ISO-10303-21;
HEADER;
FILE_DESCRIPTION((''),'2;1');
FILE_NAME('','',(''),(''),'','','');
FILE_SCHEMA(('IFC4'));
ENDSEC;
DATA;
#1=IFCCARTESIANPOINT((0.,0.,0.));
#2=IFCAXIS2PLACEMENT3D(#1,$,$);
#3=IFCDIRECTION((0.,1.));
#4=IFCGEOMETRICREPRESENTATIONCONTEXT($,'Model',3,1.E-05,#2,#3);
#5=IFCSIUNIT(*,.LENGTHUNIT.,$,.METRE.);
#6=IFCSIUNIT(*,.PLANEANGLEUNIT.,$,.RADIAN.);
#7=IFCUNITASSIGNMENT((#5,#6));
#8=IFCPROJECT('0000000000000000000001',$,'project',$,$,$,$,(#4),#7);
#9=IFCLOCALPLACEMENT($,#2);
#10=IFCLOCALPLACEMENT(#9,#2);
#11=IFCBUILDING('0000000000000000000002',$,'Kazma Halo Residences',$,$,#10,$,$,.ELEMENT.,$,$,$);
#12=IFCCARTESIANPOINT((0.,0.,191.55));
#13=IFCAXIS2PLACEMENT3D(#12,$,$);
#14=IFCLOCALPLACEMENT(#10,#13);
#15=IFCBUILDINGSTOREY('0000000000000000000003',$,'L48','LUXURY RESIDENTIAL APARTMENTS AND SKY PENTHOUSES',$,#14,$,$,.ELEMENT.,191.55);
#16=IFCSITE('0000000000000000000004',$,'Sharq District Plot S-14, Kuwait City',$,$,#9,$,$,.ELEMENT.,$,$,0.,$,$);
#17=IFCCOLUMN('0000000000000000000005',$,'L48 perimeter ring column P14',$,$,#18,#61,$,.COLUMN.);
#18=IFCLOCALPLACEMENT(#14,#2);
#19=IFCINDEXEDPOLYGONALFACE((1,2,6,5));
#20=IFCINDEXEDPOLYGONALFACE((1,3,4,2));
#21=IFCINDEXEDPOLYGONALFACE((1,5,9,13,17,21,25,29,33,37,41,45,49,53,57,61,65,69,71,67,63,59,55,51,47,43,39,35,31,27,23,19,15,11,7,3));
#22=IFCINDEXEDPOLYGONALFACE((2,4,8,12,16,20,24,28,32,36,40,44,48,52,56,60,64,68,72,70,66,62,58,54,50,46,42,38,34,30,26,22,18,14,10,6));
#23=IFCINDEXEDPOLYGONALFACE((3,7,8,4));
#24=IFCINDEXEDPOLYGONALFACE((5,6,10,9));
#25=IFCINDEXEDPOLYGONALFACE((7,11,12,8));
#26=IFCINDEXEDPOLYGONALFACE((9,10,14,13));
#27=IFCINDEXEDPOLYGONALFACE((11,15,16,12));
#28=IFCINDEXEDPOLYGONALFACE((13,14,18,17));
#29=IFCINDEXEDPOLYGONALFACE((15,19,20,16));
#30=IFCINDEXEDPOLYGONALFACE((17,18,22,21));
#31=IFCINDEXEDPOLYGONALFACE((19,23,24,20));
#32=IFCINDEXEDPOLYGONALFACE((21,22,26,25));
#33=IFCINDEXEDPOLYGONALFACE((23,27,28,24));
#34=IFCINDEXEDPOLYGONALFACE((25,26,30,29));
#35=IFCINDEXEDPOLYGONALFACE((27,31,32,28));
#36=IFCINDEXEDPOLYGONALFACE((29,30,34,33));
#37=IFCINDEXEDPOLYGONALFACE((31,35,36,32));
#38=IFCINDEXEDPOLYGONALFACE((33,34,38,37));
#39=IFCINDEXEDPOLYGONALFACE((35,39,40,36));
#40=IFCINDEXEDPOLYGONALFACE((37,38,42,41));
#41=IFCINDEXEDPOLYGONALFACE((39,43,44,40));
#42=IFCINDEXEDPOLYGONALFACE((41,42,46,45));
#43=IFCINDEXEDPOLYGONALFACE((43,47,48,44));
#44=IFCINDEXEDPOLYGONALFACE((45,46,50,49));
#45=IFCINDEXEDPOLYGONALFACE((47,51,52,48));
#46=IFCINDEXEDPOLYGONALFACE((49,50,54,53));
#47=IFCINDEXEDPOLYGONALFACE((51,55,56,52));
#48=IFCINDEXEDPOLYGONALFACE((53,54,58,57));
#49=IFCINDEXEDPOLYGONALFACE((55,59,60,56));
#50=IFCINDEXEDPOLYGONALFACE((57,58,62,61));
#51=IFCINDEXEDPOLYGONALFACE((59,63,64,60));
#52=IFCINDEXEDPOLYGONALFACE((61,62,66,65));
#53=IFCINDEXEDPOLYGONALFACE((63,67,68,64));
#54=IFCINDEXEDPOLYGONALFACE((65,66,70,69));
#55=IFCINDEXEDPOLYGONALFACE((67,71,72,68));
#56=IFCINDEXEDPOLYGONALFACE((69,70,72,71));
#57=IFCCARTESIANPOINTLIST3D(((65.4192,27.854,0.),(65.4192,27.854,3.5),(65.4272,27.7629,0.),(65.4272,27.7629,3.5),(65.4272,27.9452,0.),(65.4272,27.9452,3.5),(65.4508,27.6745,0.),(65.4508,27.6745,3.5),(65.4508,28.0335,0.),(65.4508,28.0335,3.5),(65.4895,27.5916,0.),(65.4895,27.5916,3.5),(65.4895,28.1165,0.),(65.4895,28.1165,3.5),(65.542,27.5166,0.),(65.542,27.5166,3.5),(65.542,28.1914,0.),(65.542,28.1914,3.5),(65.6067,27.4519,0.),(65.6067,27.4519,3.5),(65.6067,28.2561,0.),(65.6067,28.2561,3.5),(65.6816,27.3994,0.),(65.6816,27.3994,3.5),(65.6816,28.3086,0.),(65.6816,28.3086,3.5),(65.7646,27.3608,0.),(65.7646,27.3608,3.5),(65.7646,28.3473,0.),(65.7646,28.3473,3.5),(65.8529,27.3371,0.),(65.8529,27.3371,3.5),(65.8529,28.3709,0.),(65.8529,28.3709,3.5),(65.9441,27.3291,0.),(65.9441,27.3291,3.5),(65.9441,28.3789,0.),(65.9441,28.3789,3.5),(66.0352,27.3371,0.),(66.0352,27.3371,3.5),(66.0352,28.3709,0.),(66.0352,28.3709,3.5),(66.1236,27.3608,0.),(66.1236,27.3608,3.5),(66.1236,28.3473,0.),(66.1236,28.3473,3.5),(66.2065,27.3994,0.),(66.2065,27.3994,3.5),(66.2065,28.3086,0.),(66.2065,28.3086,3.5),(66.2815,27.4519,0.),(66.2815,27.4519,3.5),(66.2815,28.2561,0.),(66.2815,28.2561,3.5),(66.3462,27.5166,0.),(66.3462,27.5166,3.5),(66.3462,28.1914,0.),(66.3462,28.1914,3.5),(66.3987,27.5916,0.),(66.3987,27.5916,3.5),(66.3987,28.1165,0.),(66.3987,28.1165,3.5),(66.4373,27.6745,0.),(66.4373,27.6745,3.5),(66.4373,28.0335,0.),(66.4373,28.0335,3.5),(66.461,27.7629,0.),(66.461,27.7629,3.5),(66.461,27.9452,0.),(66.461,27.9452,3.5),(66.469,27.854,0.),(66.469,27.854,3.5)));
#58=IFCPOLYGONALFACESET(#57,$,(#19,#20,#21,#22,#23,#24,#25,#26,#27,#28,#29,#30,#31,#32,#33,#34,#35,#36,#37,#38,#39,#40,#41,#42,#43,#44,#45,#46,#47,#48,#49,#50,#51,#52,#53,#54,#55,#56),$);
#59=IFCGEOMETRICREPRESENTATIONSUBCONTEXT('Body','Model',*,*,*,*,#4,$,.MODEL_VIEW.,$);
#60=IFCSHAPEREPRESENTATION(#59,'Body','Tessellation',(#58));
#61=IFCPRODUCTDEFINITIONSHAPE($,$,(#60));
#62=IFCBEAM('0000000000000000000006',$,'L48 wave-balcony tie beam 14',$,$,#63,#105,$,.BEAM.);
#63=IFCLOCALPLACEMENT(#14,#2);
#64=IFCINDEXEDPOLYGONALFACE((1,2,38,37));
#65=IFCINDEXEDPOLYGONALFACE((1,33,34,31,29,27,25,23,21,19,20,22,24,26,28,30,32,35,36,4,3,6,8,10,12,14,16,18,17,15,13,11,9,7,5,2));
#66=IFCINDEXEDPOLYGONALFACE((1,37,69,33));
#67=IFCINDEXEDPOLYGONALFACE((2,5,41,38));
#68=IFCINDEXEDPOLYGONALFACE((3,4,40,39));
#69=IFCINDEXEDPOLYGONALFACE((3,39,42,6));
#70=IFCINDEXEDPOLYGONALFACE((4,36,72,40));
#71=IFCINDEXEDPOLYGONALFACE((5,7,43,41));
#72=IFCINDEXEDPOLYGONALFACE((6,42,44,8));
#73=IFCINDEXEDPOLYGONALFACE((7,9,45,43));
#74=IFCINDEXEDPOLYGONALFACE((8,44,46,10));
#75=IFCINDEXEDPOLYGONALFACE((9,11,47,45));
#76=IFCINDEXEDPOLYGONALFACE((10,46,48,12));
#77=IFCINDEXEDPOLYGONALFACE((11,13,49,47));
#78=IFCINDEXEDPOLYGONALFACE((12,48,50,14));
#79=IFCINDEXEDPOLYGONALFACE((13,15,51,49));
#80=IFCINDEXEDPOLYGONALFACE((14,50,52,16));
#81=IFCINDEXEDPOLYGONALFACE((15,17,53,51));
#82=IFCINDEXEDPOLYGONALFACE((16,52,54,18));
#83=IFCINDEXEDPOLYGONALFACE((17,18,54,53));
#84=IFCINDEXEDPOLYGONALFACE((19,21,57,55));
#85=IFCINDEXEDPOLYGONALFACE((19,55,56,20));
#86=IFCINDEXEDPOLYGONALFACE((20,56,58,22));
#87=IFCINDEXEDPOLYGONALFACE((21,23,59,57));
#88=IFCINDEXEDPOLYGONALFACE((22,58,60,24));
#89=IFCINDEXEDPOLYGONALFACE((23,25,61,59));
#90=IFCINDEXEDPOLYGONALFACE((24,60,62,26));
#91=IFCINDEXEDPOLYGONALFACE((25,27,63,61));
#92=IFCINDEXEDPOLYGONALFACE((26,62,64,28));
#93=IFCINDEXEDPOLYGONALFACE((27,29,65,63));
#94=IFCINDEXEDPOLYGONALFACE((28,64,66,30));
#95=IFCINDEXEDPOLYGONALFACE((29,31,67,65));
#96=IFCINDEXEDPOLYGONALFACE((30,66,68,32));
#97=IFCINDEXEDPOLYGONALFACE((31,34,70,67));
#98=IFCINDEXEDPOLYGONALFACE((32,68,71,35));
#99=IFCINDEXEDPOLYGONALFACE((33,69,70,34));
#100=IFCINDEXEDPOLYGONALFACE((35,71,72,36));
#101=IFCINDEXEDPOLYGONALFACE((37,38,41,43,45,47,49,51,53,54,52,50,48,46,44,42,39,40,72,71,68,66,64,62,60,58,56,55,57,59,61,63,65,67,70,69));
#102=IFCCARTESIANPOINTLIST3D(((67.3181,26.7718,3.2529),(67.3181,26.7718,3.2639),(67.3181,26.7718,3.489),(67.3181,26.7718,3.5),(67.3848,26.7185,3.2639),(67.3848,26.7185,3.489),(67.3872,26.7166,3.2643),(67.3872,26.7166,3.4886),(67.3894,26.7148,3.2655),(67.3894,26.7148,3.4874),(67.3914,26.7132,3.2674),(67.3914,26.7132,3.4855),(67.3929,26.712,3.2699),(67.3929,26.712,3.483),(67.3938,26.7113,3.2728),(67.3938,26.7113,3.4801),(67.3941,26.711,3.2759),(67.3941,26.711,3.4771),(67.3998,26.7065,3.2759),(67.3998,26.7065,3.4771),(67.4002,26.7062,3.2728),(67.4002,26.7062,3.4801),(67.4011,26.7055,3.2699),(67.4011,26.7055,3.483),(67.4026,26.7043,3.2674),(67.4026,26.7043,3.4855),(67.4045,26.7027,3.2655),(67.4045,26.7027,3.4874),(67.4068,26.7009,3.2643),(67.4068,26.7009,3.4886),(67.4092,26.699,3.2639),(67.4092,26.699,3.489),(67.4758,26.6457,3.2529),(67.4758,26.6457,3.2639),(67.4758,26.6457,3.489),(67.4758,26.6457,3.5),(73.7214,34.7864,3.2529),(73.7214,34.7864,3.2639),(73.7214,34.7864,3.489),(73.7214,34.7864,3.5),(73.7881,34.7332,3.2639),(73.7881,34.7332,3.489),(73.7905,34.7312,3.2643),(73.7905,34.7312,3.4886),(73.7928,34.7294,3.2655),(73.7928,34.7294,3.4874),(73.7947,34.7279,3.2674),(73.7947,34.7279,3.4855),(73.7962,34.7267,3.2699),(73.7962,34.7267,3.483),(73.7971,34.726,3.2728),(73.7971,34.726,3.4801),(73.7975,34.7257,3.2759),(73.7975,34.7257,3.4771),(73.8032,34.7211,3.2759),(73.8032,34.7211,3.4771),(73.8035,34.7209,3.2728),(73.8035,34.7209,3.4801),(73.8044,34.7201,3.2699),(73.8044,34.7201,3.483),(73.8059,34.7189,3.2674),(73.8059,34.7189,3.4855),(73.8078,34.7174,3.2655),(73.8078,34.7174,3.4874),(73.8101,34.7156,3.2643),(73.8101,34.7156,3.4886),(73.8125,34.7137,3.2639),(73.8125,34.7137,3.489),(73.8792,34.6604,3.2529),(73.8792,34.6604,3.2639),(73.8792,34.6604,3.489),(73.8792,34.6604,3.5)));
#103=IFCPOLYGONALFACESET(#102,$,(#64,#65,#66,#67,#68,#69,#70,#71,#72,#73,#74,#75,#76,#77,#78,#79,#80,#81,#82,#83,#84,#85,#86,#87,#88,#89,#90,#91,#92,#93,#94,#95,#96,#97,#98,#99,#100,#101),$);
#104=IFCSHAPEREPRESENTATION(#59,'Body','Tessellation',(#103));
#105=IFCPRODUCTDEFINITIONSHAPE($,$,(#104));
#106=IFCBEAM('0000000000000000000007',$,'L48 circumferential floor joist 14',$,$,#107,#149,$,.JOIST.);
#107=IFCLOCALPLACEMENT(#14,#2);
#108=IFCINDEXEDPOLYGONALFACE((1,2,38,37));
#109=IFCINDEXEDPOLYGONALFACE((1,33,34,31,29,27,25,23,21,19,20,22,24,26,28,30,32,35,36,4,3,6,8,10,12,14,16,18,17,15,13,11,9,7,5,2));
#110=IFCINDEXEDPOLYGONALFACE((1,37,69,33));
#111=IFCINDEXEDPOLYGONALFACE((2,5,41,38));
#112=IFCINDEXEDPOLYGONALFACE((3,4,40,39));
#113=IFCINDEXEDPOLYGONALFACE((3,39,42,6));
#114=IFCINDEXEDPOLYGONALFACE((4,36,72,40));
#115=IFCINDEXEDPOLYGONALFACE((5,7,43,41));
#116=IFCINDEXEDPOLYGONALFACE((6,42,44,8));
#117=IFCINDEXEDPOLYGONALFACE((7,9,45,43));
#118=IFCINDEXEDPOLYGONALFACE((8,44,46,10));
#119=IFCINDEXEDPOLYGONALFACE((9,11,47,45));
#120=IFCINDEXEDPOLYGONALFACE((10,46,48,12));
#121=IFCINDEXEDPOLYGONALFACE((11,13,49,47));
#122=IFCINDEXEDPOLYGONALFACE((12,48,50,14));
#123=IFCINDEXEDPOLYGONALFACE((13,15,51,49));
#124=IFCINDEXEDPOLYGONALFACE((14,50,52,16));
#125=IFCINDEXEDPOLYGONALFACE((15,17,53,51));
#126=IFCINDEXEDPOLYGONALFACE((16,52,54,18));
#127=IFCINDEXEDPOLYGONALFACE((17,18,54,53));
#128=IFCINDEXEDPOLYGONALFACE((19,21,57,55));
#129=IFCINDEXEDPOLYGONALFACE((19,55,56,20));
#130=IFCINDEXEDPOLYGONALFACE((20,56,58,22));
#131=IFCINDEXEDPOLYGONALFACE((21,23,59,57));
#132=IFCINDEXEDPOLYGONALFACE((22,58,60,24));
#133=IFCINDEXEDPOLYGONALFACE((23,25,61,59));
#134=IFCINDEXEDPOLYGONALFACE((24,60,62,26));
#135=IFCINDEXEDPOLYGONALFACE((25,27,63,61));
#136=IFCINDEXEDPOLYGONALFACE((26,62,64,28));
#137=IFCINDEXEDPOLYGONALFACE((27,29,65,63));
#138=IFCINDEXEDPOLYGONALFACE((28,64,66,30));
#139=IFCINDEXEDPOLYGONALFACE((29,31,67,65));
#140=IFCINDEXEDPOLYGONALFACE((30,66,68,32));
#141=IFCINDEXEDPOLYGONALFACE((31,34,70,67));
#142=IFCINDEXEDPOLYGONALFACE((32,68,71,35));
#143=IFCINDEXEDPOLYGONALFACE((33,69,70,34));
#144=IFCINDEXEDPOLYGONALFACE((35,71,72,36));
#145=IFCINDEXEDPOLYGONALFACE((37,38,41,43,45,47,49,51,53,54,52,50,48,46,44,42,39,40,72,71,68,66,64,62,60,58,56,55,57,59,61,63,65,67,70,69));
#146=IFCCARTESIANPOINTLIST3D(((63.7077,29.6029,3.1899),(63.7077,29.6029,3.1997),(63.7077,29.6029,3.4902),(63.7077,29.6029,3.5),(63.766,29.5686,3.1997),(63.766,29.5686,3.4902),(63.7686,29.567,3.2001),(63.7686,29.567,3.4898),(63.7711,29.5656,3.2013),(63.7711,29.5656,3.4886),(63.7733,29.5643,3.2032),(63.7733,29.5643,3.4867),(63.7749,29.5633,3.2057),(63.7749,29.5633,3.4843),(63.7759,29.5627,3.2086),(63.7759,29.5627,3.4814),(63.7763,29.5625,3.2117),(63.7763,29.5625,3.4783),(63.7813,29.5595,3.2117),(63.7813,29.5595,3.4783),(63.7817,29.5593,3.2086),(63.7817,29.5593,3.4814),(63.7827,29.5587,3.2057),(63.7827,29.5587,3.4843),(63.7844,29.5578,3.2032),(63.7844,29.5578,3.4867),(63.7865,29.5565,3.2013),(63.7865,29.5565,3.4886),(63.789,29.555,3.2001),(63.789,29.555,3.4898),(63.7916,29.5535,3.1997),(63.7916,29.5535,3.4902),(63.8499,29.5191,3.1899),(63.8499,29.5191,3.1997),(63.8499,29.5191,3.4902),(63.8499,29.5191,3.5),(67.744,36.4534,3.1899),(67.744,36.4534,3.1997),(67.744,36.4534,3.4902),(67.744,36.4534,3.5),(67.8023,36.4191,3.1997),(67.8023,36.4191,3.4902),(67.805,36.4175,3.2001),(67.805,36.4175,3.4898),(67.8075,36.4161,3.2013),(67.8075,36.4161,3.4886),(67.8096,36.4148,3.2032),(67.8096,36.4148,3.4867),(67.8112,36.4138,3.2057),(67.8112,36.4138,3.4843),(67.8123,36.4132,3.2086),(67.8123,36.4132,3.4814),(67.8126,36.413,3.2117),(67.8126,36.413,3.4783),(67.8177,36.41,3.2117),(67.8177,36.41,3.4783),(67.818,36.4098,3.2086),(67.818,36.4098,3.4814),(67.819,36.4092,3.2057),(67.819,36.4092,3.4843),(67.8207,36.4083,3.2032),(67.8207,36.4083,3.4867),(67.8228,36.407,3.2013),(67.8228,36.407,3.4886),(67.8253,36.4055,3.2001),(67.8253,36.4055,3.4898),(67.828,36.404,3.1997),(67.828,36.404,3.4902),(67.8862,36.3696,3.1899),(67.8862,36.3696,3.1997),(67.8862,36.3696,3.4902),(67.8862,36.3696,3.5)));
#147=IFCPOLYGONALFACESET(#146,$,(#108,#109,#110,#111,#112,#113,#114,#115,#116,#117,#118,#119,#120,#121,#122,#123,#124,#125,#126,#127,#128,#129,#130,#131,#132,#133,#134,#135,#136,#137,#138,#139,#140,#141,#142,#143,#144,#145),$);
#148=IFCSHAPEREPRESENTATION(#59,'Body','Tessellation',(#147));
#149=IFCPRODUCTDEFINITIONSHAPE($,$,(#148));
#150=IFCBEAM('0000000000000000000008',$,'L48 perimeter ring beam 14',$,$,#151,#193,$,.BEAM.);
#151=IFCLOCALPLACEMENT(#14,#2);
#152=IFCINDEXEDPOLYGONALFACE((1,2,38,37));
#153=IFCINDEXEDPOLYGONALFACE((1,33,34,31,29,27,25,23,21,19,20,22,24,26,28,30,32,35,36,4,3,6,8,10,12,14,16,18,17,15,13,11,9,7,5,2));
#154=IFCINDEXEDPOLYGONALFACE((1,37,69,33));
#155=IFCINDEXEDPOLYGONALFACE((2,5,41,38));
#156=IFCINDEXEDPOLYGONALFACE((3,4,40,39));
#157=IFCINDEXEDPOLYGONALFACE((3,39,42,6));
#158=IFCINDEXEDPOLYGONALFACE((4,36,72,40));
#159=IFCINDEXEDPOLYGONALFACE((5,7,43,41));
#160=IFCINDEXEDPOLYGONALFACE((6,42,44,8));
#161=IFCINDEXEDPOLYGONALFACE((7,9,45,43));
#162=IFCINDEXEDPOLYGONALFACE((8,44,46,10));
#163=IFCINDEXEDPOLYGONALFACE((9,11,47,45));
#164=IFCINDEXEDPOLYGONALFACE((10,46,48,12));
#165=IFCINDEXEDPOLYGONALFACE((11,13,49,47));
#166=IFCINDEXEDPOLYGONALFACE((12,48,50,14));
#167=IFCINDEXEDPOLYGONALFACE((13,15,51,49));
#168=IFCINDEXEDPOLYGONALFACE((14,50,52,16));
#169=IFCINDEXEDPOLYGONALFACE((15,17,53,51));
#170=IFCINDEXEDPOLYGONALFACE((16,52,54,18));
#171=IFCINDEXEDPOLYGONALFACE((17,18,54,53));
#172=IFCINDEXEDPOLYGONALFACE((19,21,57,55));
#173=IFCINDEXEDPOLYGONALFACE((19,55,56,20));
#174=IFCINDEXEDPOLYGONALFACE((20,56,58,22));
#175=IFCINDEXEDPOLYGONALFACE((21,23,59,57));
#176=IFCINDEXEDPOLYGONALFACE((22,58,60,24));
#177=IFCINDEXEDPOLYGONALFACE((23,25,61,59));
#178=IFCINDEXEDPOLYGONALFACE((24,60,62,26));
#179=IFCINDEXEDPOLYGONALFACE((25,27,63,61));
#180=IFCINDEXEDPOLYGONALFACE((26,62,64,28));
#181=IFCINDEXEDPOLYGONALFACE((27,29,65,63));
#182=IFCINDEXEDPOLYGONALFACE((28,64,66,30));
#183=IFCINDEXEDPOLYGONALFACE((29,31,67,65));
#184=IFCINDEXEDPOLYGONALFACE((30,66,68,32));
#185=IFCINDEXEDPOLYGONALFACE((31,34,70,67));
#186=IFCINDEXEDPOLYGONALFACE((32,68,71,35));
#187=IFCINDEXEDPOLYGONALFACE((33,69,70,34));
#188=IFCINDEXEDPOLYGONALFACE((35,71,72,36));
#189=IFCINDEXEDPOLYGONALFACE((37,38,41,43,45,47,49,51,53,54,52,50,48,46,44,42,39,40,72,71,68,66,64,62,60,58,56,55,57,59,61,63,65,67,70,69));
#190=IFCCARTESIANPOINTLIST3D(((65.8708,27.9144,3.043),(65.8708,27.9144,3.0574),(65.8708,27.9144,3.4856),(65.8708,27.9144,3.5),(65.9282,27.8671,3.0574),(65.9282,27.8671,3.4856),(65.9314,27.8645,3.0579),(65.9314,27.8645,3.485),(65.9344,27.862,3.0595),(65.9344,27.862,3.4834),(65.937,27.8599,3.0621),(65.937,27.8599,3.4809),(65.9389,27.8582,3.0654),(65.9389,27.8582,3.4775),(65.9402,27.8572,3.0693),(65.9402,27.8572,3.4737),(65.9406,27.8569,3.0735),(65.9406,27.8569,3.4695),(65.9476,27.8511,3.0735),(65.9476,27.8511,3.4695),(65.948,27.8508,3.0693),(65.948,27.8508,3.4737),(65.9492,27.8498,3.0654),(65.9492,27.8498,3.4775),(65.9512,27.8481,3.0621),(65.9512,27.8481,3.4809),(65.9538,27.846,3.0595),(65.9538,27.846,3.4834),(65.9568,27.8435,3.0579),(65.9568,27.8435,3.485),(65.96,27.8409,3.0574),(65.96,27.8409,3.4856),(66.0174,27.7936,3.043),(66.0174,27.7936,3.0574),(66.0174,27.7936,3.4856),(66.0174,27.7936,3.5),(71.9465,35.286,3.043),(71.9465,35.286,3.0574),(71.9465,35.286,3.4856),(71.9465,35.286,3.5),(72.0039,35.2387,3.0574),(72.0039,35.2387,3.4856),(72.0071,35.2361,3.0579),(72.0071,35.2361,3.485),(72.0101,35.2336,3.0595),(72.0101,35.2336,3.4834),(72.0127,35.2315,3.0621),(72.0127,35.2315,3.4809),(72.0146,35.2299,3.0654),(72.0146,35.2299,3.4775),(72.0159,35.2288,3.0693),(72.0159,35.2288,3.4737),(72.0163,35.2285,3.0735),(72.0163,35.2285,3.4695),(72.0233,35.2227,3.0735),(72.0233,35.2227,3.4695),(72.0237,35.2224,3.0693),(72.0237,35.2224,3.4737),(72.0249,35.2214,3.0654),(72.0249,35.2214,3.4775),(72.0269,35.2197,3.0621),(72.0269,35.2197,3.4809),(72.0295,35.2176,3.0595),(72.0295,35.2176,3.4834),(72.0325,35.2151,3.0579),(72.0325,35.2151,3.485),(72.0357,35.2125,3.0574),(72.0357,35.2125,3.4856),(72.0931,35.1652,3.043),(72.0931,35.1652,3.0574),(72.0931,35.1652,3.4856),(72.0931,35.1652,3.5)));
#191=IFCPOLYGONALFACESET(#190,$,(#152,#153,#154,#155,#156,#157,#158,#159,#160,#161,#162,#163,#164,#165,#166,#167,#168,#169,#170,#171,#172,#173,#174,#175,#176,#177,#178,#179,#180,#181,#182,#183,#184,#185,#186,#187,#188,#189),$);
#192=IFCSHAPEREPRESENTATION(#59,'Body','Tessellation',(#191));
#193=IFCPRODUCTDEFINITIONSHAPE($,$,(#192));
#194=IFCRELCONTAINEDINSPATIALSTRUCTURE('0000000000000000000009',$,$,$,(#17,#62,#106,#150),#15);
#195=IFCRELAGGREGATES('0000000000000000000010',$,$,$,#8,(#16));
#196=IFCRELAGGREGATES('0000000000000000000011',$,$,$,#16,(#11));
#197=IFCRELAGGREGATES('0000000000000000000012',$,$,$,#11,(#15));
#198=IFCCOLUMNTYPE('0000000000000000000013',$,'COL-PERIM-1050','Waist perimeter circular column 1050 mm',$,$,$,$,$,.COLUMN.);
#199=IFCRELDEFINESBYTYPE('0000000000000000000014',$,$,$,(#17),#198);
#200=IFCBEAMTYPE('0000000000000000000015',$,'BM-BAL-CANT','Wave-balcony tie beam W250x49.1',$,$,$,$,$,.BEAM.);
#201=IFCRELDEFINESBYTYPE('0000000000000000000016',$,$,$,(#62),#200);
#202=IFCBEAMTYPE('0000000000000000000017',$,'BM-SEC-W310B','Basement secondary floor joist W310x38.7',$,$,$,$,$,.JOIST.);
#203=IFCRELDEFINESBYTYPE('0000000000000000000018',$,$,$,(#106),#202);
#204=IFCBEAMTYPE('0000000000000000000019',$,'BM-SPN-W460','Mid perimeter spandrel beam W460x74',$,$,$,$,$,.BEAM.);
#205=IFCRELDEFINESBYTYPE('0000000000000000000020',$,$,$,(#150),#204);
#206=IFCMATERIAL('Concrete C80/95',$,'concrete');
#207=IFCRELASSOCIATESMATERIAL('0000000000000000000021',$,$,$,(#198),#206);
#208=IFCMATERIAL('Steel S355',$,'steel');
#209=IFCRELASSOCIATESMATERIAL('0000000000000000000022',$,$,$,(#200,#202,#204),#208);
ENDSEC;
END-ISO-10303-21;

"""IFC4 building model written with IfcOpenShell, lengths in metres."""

from ifc_helpers import new_model, si_unit, direction, frame, origin, origin_2d, place, context, subcontext, project, spatial, circle, i_section, extrude, material, material_profile, profile_set, type_object, element, save


model = new_model("IFC4")

# Units and contexts
model_context = context("Model", 3, precision=1e-05, world=origin(), true_north=direction((0.0, 1.0)))
body_context = subcontext(model_context, "Body", "Model", "MODEL_VIEW")
ifc_project = project(units=[si_unit("LENGTHUNIT", "METRE"), si_unit("PLANEANGLEUNIT", "RADIAN")], contexts=[model_context])

# Site, building, storey
site_placement = place(None, origin())
site = spatial("IfcSite", under=ifc_project, at=site_placement, Name="Sharq District Plot S-14, Kuwait City", CompositionType="ELEMENT", RefElevation=0.0)
building_placement = place(site_placement, origin())
building = spatial("IfcBuilding", under=site, at=building_placement, Name="Kazma Halo Residences", CompositionType="ELEMENT")
storey_placement = place(building_placement, frame((0.0, 0.0, 191.55)))
storey = spatial("IfcBuildingStorey", under=building, at=storey_placement, Name="L48", Description="LUXURY RESIDENTIAL APARTMENTS AND SKY PENTHOUSES", CompositionType="ELEMENT", Elevation=191.55)

# Column
ifc_material_1 = material(Name="Concrete C80/95", Category="concrete")
ifc_material_profile_1 = material_profile(ifc_material_1, circle(Radius=0.5249, at=origin_2d()), Name="CIRC1050")
ifc_profile_set_1 = profile_set([ifc_material_profile_1], Name="Concrete C80/95")
column_type = type_object("IfcColumnType", Name="COL-PERIM-1050", Description="Waist perimeter circular column 1050 mm", PredefinedType="COLUMN", material=ifc_profile_set_1)
column_placement = place(storey_placement, frame((65.9441, 27.854, 0.0), z_axis=(0.0, 0.0, 1.0), x_axis=(1.0, 0.0, 0.0)))
element("IfcColumn", 1, at=column_placement, inside=storey, type_object=column_type, Name="L48 perimeter ring column P14", PredefinedType="COLUMN", context=body_context, shape_type="SweptSolid", body=[
    extrude(circle(Radius=0.5249, at=origin_2d()), origin(), (0.0, 0.0, 1.0), 3.5),
])

# Beams
ifc_material_2 = material(Name="Steel S355", Category="steel")
ifc_material_profile_2 = material_profile(ifc_material_2, i_section(OverallWidth=0.2019, OverallDepth=0.2471, WebThickness=0.0073, FlangeThickness=0.011, FilletRadius=0.012, at=origin_2d()), Name="W250x49.1")
ifc_profile_set_2 = profile_set([ifc_material_profile_2], Name="Steel S355")
beam_type_1 = type_object("IfcBeamType", Name="BM-BAL-CANT", Description="Wave-balcony tie beam W250x49.1", PredefinedType="BEAM", material=ifc_profile_set_2)
beam_1_placement = place(storey_placement, frame((67.397, 26.7087, 3.3765), z_axis=(0.624196, 0.781268, 0.0), x_axis=(-0.781268, 0.624196, 0.0)))
element("IfcBeam", 2, at=beam_1_placement, inside=storey, type_object=beam_type_1, Name="L48 wave-balcony tie beam 14", PredefinedType="BEAM", context=body_context, shape_type="SweptSolid", body=[
    extrude(i_section(OverallWidth=0.2019, OverallDepth=0.2471, WebThickness=0.0073, FlangeThickness=0.011, FilletRadius=0.012, at=origin_2d()), origin(), (0.0, 0.0, 1.0), 10.2585),
])
ifc_material_profile_3 = material_profile(ifc_material_2, i_section(OverallWidth=0.165, OverallDepth=0.3101, WebThickness=0.0059, FlangeThickness=0.0098, FilletRadius=0.012, at=origin_2d()), Name="W310x38.7")
ifc_profile_set_3 = profile_set([ifc_material_profile_3], Name="Steel S355")
beam_type_2 = type_object("IfcBeamType", Name="BM-SEC-W310B", Description="Basement secondary floor joist W310x38.7", PredefinedType="JOIST", material=ifc_profile_set_3)
beam_2_placement = place(storey_placement, frame((63.7788, 29.561, 3.345), z_axis=(0.507639, 0.86157, 0.0), x_axis=(-0.86157, 0.507639, 0.0)))
element("IfcBeam", 3, at=beam_2_placement, inside=storey, type_object=beam_type_2, Name="L48 circumferential floor joist 14", PredefinedType="JOIST", context=body_context, shape_type="SweptSolid", body=[
    extrude(i_section(OverallWidth=0.165, OverallDepth=0.3101, WebThickness=0.0059, FlangeThickness=0.0098, FilletRadius=0.012, at=origin_2d()), origin(), (0.0, 0.0, 1.0), 7.9512),
])
ifc_material_profile_4 = material_profile(ifc_material_2, i_section(OverallWidth=0.1899, OverallDepth=0.457, WebThickness=0.009, FlangeThickness=0.0144, FilletRadius=0.0161, at=origin_2d()), Name="W460x74")
ifc_profile_set_4 = profile_set([ifc_material_profile_4], Name="Steel S355")
beam_type_3 = type_object("IfcBeamType", Name="BM-SPN-W460", Description="Mid perimeter spandrel beam W460x74", PredefinedType="BEAM", material=ifc_profile_set_4)
beam_3_placement = place(storey_placement, frame((65.9441, 27.854, 3.2715), z_axis=(0.636017, 0.771675, 0.0), x_axis=(-0.771675, 0.636017, 0.0)))
element("IfcBeam", 4, at=beam_3_placement, inside=storey, type_object=beam_type_3, Name="L48 perimeter ring beam 14", PredefinedType="BEAM", context=body_context, shape_type="SweptSolid", body=[
    extrude(i_section(OverallWidth=0.1899, OverallDepth=0.457, WebThickness=0.009, FlangeThickness=0.0144, FilletRadius=0.0161, at=origin_2d()), origin(), (0.0, 0.0, 1.0), 9.5527),
])

save(model, "model.ifc")
